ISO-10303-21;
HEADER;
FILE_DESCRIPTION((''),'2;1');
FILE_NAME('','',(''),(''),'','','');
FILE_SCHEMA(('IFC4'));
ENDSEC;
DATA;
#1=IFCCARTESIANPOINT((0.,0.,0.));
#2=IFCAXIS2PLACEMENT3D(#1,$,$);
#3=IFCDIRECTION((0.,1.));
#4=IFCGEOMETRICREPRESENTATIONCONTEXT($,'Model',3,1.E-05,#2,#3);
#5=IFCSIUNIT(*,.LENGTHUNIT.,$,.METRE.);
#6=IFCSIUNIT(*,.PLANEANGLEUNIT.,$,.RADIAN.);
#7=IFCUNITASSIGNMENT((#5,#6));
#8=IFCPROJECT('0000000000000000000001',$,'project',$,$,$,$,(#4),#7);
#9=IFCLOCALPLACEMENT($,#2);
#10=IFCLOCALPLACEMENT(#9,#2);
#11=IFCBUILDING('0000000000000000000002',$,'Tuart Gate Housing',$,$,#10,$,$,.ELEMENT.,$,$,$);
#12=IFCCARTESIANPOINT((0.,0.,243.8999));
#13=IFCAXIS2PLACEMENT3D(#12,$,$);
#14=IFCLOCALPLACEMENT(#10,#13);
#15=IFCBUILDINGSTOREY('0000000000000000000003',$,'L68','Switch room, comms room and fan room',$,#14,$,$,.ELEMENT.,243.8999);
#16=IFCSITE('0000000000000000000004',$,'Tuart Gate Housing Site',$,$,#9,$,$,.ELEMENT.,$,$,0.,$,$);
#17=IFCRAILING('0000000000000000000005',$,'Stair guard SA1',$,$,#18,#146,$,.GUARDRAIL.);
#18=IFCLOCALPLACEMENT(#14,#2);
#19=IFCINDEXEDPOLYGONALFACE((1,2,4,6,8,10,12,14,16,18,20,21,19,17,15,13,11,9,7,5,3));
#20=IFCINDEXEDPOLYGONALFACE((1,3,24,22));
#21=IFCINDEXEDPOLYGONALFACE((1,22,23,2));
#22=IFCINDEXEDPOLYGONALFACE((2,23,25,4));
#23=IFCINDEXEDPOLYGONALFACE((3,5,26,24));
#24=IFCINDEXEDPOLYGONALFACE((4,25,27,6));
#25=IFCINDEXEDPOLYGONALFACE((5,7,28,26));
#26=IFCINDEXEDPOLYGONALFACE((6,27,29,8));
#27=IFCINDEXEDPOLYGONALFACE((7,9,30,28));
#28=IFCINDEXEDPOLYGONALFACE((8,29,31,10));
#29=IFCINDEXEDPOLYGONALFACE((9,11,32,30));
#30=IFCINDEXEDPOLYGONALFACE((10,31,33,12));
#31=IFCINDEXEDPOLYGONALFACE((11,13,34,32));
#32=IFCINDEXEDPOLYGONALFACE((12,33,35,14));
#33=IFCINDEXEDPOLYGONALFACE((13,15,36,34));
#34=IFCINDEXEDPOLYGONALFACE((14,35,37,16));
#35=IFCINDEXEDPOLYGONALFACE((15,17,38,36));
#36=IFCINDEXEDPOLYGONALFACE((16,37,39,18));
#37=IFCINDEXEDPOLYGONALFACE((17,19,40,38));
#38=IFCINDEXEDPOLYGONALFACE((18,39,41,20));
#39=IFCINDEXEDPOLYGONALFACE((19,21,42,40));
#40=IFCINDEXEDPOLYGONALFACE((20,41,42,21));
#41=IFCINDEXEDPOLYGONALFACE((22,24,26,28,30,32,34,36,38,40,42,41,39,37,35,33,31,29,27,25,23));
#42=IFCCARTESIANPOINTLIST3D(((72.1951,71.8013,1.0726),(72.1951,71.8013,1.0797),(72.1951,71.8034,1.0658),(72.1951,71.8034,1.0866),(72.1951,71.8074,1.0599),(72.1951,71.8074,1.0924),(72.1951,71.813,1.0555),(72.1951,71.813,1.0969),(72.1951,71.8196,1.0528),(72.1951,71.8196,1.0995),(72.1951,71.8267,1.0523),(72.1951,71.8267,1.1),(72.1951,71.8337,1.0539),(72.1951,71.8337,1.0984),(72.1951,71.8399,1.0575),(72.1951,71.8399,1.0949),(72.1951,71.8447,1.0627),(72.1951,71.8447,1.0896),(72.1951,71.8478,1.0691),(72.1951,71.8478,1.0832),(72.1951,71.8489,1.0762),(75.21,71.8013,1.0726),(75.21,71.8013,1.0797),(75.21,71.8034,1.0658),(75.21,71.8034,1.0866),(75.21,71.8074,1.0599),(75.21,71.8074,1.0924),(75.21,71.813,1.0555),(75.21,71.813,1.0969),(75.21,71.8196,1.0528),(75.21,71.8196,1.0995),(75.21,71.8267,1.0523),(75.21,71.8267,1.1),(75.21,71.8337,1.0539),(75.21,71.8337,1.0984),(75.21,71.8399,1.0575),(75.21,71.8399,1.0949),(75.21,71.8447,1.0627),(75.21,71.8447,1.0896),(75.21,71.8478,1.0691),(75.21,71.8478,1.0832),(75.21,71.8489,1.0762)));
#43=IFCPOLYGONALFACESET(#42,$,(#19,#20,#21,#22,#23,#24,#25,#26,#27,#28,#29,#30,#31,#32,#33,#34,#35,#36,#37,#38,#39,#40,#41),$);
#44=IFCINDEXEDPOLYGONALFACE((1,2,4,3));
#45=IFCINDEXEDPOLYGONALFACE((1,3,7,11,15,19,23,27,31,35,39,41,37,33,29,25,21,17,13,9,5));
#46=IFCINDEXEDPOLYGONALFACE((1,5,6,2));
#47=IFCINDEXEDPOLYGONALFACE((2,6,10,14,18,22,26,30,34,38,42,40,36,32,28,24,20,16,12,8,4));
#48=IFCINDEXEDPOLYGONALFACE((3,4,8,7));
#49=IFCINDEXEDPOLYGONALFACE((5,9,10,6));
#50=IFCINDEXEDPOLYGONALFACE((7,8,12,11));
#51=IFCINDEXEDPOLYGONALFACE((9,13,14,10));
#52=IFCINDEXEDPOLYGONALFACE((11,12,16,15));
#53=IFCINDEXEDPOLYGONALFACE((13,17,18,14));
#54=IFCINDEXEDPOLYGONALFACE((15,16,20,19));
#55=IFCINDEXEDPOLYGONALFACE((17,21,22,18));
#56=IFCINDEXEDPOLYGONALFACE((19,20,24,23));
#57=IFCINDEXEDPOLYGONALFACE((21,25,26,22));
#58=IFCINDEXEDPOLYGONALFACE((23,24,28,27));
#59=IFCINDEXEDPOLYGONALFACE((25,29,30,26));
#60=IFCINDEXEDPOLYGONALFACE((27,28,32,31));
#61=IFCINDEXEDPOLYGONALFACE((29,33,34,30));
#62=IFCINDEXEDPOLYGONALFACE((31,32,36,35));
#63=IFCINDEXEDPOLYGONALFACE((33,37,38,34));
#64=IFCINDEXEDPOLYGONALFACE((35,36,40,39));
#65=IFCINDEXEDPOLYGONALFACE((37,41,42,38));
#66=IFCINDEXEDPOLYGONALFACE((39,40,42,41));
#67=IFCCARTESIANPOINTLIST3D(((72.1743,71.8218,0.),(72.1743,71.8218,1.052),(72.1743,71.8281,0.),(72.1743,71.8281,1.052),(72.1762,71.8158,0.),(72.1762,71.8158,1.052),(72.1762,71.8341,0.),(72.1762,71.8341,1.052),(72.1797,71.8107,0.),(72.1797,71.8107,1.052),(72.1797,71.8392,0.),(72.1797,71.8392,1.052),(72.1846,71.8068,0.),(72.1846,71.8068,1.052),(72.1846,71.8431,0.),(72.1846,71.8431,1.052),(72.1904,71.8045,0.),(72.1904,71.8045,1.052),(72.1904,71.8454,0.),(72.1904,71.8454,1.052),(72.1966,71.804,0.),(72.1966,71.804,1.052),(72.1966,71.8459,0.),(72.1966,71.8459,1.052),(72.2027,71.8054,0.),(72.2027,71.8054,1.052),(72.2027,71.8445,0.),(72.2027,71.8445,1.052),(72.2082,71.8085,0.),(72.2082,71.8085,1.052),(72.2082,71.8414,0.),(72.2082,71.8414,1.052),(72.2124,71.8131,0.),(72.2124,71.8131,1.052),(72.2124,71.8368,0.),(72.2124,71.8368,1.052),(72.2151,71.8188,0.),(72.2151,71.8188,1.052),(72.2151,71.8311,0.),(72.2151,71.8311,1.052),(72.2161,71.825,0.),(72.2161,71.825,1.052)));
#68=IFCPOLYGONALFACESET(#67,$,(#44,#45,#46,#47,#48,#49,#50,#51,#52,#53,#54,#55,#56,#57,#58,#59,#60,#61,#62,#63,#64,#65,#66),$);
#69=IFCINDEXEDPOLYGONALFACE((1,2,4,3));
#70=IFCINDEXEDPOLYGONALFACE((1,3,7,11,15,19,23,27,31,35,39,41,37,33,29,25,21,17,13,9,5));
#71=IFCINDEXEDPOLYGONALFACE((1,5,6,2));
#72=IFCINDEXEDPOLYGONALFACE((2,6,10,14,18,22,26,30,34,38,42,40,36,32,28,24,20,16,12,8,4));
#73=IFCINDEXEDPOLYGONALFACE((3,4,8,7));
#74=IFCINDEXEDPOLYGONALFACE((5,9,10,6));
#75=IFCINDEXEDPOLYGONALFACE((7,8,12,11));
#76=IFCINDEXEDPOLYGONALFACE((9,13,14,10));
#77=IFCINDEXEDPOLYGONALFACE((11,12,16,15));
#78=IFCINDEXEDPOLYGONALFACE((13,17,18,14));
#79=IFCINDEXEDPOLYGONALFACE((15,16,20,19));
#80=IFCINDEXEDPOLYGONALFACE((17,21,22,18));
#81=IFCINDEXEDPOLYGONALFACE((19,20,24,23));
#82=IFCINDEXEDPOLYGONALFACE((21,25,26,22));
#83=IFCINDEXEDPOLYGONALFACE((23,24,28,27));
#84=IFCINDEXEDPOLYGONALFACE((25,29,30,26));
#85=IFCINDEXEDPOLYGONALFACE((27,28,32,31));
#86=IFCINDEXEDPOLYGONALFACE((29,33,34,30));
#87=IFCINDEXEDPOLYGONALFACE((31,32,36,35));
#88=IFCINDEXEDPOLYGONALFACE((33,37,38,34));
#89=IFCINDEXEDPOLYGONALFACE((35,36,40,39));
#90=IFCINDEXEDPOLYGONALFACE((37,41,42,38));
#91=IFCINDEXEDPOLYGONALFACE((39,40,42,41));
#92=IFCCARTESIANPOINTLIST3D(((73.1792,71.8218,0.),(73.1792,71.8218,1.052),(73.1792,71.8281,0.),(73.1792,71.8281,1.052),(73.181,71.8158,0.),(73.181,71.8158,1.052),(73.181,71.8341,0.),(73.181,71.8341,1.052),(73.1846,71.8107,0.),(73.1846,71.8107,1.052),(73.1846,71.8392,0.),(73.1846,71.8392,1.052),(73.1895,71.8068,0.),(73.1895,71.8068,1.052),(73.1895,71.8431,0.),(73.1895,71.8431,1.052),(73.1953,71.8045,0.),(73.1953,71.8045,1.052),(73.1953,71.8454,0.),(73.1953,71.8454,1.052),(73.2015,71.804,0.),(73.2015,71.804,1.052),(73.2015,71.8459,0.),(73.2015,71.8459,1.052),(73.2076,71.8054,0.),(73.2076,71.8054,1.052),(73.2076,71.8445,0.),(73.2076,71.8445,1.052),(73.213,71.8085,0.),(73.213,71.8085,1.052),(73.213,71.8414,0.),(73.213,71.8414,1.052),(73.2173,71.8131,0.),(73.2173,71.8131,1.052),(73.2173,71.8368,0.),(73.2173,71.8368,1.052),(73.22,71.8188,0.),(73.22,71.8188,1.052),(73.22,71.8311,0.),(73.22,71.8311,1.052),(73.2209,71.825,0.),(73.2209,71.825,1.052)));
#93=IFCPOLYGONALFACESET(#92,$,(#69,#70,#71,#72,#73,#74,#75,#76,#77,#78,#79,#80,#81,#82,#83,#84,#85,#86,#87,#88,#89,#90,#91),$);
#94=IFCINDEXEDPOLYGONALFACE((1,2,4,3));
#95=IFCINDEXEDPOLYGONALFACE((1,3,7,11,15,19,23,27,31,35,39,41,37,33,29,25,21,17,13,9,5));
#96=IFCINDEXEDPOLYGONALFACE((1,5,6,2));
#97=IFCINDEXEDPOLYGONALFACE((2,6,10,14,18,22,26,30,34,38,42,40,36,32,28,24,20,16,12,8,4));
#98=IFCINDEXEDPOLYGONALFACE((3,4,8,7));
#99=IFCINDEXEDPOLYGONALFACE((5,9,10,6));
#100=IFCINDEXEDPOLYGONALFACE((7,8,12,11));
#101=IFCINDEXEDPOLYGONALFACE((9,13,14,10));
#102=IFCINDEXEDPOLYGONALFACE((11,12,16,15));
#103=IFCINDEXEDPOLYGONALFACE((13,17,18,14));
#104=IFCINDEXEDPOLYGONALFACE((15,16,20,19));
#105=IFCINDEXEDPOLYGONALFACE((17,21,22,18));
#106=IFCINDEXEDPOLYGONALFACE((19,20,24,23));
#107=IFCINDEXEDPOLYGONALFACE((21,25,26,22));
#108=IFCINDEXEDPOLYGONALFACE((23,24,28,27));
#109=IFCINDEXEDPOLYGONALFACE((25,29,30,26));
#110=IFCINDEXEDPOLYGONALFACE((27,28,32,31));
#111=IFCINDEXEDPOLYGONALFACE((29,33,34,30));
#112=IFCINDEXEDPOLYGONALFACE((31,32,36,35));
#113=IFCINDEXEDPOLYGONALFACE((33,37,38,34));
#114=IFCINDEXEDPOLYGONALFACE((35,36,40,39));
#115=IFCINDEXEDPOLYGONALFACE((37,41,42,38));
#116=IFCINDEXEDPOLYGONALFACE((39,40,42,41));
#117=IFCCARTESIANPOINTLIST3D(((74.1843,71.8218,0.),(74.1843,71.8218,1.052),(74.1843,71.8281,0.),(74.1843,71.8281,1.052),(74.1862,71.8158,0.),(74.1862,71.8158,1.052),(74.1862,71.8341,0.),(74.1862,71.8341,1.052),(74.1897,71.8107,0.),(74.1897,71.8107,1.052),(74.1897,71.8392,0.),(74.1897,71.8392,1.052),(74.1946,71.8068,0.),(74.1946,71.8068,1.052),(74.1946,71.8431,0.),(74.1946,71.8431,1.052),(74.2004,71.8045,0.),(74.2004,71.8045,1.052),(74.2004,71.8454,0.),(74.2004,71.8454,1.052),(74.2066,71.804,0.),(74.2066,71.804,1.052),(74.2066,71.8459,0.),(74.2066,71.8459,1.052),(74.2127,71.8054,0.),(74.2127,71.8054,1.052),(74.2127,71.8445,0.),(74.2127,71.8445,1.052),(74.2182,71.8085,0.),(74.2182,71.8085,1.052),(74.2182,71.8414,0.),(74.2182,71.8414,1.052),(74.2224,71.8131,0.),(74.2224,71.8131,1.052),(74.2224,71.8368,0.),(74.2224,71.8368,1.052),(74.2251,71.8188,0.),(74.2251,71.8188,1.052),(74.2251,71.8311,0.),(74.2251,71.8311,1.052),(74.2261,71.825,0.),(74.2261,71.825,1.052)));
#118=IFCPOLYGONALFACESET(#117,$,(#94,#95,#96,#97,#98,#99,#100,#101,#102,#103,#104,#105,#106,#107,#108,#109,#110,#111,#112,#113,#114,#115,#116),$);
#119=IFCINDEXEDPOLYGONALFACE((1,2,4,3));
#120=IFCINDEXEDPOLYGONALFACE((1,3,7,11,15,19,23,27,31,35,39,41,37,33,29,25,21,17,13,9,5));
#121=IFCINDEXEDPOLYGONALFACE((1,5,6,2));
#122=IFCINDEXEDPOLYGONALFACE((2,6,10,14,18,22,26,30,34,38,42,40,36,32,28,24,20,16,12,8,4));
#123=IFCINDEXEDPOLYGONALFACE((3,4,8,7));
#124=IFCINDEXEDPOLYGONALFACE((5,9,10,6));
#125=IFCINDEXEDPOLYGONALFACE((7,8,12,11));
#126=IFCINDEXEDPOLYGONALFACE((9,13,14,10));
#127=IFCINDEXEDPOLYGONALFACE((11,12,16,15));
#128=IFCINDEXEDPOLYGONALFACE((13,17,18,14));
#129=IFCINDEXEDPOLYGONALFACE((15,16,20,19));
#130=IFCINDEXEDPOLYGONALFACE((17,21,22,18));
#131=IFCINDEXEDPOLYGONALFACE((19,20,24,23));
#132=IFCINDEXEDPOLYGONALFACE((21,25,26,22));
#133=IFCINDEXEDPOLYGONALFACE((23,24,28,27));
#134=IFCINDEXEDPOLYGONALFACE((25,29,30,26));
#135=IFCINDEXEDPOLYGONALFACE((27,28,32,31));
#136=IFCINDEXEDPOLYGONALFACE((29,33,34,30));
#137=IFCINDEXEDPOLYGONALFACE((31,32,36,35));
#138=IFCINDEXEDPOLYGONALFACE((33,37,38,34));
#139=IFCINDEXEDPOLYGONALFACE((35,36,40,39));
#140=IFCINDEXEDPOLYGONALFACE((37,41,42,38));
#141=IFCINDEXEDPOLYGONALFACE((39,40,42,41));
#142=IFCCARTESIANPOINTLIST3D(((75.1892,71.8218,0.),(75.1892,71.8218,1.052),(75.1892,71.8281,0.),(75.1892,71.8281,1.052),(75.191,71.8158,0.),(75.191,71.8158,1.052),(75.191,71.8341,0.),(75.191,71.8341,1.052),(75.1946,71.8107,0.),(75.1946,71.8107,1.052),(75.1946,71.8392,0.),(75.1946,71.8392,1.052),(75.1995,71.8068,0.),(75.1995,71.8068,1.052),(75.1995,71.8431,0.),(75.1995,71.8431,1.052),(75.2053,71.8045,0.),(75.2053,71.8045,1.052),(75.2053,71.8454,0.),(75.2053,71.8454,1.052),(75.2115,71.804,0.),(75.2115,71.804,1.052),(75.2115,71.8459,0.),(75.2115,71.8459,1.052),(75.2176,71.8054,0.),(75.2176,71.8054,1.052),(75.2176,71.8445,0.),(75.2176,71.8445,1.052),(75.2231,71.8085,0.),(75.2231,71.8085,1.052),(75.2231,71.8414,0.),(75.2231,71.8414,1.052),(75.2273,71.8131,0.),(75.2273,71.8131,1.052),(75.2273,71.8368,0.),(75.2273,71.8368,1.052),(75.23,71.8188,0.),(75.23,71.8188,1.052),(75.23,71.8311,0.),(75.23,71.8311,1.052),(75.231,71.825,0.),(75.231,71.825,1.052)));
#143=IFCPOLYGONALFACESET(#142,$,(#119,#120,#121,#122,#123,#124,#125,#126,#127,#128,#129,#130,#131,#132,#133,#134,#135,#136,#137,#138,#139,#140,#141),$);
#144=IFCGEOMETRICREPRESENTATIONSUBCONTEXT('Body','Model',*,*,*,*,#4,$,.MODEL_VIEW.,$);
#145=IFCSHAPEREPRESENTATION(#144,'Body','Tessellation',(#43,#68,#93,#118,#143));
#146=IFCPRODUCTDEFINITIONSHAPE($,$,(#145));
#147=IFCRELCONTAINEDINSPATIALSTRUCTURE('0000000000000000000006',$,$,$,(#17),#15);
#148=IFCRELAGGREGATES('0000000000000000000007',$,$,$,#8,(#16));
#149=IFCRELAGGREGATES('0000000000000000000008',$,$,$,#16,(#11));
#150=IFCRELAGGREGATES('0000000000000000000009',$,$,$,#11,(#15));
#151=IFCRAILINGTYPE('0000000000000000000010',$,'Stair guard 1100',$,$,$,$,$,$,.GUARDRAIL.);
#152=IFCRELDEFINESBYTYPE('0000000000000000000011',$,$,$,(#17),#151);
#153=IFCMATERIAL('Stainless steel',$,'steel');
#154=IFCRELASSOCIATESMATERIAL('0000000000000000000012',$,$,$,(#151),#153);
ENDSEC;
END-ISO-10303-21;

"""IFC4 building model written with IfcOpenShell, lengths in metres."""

from ifc_helpers import new_model, si_unit, direction, frame, origin, origin_2d, place, context, subcontext, project, spatial, circle, extrude, material, type_object, element, save


model = new_model("IFC4")

# Units and contexts
model_context = context("Model", 3, precision=1e-05, world=origin(), true_north=direction((0.0, 1.0)))
body_context = subcontext(model_context, "Body", "Model", "MODEL_VIEW")
ifc_project = project(units=[si_unit("LENGTHUNIT", "METRE"), si_unit("PLANEANGLEUNIT", "RADIAN")], contexts=[model_context])

# Site, building, storey
site_placement = place(None, origin())
site = spatial("IfcSite", under=ifc_project, at=site_placement, Name="Tuart Gate Housing Site", CompositionType="ELEMENT", RefElevation=0.0)
building_placement = place(site_placement, origin())
building = spatial("IfcBuilding", under=site, at=building_placement, Name="Tuart Gate Housing", CompositionType="ELEMENT")
storey_placement = place(building_placement, frame((0.0, 0.0, 243.8999)))
storey = spatial("IfcBuildingStorey", under=building, at=storey_placement, Name="L68", Description="Switch room, comms room and fan room", CompositionType="ELEMENT", Elevation=243.8999)

# Railing
ifc_material_1 = material(Name="Stainless steel", Category="steel")
railing_type = type_object("IfcRailingType", Name="Stair guard 1100", PredefinedType="GUARDRAIL", material=ifc_material_1)
railing_placement = place(storey_placement, frame((72.1951, 71.825, 0.0)))
element("IfcRailing", 1, at=railing_placement, inside=storey, type_object=railing_type, Name="Stair guard SA1", PredefinedType="GUARDRAIL", context=body_context, shape_type="SweptSolid", body=[
    extrude(circle(Radius=0.0239, at=origin_2d()), frame((0.0, 0.0, 1.0762), z_axis=(1.0, 0.0, 0.0), x_axis=(0.0, 1.0, 0.0)), (0.0, 0.0, 1.0), 3.0149),
    extrude(circle(Radius=0.021, at=origin_2d()), origin(), (0.0, 0.0, 1.0), 1.052),
    extrude(circle(Radius=0.021, at=origin_2d()), frame((1.0049, 0.0, 0.0)), (0.0, 0.0, 1.0), 1.052),
    extrude(circle(Radius=0.021, at=origin_2d()), frame((2.01, 0.0, 0.0)), (0.0, 0.0, 1.0), 1.052),
    extrude(circle(Radius=0.021, at=origin_2d()), frame((3.0149, 0.0, 0.0)), (0.0, 0.0, 1.0), 1.052),
])

save(model, "model.ifc")
